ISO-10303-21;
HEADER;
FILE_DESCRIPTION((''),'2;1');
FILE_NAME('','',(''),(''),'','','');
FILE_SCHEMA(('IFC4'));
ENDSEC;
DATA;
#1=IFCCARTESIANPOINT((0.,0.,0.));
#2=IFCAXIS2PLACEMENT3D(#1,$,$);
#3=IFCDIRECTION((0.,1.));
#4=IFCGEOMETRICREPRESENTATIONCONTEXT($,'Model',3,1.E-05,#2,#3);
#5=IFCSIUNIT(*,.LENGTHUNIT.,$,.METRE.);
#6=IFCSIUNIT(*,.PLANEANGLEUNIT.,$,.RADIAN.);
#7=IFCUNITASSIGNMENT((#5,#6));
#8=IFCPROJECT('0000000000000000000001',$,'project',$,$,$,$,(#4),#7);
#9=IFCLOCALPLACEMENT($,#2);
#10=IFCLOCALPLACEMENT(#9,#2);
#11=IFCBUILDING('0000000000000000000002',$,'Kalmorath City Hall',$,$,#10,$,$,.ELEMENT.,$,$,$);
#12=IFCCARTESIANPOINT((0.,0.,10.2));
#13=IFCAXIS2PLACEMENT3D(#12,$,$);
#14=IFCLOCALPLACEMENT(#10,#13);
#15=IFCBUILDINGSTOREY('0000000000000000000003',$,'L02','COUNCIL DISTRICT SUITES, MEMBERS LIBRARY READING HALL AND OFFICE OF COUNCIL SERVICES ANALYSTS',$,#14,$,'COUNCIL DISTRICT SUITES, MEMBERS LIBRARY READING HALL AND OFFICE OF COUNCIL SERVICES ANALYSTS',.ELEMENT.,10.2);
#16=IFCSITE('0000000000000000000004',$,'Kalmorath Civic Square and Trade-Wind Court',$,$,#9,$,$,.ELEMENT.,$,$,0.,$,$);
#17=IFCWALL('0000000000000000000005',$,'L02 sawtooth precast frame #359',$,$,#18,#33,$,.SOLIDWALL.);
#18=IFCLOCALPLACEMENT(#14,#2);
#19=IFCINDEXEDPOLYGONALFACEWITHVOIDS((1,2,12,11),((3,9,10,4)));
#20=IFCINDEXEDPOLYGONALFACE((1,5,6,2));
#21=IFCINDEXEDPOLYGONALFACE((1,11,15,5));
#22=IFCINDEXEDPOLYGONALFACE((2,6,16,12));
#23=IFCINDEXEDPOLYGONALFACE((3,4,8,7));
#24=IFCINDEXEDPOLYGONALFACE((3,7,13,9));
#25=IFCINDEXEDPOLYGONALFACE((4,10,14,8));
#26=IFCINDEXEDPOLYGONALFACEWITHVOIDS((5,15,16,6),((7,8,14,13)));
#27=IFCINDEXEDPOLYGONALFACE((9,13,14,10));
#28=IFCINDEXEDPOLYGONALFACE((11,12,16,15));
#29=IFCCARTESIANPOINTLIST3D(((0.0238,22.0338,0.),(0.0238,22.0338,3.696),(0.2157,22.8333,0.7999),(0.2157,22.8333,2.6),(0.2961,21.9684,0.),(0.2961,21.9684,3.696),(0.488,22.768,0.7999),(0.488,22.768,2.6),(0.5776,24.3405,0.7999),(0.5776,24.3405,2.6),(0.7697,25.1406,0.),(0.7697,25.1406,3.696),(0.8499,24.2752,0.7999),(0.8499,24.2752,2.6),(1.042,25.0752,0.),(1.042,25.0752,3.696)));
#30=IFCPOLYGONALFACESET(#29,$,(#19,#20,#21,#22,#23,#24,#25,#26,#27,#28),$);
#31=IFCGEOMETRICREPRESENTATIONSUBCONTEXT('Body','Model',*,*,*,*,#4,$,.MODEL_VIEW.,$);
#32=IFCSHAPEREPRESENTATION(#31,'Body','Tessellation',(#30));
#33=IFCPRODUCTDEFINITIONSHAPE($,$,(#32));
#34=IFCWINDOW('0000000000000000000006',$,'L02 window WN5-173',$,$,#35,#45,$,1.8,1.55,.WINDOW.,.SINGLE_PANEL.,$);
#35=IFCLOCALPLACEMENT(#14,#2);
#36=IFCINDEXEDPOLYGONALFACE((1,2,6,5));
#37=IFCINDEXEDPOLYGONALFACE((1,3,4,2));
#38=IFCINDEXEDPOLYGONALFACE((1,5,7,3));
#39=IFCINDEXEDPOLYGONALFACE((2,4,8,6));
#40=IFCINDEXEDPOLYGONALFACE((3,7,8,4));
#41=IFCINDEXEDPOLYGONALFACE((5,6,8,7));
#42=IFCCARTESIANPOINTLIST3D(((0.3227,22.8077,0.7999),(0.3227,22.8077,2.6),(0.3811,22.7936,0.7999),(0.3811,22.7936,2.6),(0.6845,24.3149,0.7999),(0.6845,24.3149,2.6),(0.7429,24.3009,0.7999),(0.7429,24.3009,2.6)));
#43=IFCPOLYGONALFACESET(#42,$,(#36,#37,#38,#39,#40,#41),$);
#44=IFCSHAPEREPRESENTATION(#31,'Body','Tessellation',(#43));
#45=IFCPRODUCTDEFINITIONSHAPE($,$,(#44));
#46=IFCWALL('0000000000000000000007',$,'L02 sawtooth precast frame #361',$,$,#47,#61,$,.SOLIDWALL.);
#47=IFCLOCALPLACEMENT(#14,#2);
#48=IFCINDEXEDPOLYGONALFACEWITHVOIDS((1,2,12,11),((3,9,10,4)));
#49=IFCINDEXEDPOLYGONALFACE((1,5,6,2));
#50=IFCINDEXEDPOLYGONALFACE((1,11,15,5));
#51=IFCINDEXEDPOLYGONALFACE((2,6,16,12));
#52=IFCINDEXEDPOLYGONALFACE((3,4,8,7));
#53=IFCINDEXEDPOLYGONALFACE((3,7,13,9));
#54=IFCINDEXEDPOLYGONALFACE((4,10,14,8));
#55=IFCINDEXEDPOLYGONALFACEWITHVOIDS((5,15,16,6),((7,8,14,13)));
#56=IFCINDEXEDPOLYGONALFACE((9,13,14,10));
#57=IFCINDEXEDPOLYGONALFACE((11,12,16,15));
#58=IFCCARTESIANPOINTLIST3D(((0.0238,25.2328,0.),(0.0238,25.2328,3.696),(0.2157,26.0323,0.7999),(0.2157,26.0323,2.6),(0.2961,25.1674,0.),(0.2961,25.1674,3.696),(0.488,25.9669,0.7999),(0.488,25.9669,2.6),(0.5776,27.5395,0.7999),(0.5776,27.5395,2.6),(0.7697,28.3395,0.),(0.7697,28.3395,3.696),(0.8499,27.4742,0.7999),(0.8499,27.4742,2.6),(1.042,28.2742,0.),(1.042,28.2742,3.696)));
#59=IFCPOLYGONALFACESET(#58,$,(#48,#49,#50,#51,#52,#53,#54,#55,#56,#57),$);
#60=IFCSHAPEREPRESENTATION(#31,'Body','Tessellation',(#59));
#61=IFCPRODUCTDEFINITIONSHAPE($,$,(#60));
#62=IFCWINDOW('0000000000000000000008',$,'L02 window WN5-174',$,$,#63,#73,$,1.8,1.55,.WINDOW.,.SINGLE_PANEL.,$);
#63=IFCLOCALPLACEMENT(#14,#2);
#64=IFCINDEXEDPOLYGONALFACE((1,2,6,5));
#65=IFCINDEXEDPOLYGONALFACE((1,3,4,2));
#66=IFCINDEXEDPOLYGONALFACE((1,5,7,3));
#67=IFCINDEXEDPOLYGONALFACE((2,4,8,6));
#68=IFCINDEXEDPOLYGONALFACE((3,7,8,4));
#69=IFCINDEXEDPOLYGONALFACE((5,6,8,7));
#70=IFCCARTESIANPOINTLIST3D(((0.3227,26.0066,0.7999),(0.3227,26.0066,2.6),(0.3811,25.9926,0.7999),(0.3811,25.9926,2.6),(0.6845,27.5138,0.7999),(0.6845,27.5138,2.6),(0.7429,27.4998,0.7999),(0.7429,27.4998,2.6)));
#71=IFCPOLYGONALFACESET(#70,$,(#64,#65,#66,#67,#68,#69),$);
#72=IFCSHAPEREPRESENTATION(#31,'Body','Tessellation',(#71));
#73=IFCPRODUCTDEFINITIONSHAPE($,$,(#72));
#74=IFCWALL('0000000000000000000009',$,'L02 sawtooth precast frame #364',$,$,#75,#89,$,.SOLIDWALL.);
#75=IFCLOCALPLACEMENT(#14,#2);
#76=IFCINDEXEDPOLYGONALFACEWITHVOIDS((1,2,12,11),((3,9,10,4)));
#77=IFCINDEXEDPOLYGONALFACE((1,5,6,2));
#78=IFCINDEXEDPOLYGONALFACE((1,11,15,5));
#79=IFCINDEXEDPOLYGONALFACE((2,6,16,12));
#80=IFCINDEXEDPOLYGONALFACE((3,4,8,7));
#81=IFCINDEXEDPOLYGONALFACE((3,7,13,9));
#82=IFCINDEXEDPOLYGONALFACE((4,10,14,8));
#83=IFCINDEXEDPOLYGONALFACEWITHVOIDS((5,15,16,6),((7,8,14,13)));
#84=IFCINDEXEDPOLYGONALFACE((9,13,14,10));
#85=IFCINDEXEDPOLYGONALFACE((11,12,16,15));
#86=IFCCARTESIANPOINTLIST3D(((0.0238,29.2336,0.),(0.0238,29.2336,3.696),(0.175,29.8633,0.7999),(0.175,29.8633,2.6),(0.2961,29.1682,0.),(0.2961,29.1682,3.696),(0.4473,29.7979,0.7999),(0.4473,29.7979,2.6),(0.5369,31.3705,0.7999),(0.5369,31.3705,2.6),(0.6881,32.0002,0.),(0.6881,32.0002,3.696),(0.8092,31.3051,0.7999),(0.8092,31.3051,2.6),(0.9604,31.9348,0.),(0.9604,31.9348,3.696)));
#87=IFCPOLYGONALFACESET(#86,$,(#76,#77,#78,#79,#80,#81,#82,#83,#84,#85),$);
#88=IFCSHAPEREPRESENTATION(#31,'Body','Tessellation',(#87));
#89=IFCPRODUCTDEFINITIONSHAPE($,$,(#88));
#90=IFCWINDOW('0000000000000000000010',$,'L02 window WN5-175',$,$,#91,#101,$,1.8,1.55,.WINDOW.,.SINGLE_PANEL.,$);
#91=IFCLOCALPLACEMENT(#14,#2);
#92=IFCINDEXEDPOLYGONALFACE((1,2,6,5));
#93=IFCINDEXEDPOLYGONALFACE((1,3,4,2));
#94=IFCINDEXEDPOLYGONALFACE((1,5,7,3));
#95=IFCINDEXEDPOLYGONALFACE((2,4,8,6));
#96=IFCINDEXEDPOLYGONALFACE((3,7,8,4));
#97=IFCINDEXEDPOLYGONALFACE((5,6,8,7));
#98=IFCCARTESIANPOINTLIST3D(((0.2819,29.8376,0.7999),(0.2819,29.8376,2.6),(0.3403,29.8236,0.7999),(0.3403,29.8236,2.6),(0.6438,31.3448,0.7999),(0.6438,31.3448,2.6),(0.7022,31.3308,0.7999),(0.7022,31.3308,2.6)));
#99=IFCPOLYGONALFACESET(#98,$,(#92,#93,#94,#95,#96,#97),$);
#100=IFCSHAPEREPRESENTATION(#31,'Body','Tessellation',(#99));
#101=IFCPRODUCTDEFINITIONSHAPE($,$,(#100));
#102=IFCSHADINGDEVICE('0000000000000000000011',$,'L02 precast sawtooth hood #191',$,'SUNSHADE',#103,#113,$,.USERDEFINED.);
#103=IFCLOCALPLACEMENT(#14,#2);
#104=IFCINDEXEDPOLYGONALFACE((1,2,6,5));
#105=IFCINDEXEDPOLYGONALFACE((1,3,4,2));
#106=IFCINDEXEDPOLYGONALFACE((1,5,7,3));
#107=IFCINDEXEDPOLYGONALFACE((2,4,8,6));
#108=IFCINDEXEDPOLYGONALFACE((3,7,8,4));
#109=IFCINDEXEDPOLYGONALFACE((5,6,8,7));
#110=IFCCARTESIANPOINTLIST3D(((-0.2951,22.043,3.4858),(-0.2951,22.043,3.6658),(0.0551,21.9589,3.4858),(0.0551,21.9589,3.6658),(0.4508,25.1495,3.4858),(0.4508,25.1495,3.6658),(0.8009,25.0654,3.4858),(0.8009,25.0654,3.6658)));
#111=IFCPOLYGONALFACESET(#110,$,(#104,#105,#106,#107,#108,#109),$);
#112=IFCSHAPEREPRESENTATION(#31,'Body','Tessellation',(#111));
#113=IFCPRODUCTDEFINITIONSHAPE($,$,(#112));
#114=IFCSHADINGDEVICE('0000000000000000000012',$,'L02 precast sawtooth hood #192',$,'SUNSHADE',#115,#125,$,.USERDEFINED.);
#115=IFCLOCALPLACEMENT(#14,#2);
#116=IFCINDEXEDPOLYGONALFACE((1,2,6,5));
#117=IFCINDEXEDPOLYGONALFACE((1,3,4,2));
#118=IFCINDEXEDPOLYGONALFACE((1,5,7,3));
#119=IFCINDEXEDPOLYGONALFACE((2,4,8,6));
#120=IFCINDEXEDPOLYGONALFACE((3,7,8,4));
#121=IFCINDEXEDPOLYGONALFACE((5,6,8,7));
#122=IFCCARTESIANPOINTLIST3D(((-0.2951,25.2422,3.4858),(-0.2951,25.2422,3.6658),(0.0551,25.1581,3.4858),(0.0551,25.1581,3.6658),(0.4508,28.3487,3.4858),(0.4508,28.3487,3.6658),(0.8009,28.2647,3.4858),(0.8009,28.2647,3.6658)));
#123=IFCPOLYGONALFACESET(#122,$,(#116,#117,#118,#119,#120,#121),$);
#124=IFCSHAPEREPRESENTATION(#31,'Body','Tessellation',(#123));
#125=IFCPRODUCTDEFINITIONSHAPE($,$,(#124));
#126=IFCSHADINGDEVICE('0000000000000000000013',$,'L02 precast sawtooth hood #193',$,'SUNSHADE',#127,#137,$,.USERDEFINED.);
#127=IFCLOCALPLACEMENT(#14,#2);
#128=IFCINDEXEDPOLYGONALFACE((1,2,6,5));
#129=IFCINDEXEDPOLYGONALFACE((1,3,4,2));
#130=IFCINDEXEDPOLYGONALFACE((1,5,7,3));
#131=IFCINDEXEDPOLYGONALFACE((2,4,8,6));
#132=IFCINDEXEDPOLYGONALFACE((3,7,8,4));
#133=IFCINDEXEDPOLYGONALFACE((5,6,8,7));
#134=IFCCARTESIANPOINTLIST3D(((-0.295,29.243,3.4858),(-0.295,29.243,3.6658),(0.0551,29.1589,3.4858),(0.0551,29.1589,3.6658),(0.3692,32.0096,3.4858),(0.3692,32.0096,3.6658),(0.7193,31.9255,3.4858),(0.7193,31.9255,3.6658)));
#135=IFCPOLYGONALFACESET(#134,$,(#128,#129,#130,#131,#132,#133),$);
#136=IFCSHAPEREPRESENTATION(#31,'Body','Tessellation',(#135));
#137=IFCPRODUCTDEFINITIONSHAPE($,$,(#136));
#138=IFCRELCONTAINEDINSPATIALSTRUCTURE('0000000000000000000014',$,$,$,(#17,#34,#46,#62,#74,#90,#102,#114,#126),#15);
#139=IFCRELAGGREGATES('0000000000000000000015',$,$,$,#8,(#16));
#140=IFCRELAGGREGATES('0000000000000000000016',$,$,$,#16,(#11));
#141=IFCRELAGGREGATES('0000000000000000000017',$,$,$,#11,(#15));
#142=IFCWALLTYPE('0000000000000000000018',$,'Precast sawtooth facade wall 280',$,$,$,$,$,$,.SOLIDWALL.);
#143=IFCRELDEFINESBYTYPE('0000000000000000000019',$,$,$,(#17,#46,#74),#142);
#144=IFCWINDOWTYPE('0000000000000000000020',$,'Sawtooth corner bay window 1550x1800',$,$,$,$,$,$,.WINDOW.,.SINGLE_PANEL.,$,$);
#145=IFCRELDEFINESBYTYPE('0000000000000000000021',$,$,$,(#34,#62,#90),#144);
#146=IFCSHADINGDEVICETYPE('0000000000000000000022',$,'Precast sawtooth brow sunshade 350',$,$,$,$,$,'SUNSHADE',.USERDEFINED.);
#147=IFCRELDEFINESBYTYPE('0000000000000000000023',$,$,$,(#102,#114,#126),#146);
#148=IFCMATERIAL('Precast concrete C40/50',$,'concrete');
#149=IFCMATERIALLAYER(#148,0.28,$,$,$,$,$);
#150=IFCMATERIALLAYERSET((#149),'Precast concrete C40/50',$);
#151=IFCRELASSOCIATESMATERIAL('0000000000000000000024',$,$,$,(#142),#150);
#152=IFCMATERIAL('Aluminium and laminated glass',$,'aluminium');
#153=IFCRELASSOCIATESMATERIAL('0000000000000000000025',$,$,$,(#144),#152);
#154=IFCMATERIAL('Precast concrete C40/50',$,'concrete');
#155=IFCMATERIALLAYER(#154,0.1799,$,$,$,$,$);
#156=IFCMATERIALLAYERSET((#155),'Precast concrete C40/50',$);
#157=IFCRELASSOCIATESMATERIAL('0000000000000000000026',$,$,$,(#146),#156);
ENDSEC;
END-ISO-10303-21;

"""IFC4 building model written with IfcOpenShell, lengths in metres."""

from ifc_helpers import new_model, si_unit, direction, frame, frame_2d, origin, origin_2d, place, context, subcontext, project, spatial, rectangle, extrude, material, layer, layer_set, type_object, element, fill, save


model = new_model("IFC4")

# Units and contexts
model_context = context("Model", 3, precision=1e-05, world=origin(), true_north=direction((0.0, 1.0)))
body_context = subcontext(model_context, "Body", "Model", "MODEL_VIEW")
ifc_project = project(units=[si_unit("LENGTHUNIT", "METRE"), si_unit("PLANEANGLEUNIT", "RADIAN")], contexts=[model_context])

# Site, building, storey
site_placement = place(None, origin())
site = spatial("IfcSite", under=ifc_project, at=site_placement, Name="Kalmorath Civic Square and Trade-Wind Court", CompositionType="ELEMENT", RefElevation=0.0)
building_placement = place(site_placement, origin())
building = spatial("IfcBuilding", under=site, at=building_placement, Name="Kalmorath City Hall", CompositionType="ELEMENT")
storey_placement = place(building_placement, frame((0.0, 0.0, 10.2)))
storey = spatial("IfcBuildingStorey", under=building, at=storey_placement, Name="L02", Description="COUNCIL DISTRICT SUITES, MEMBERS LIBRARY READING HALL AND OFFICE OF COUNCIL SERVICES ANALYSTS", LongName="COUNCIL DISTRICT SUITES, MEMBERS LIBRARY READING HALL AND OFFICE OF COUNCIL SERVICES ANALYSTS", CompositionType="ELEMENT", Elevation=10.2)

# Walls, openings, windows
ifc_material_1 = material(Name="Precast concrete C40/50", Category="concrete")
ifc_layer_1 = layer(ifc_material_1, 0.28)
ifc_layer_set_1 = layer_set([ifc_layer_1], Name="Precast concrete C40/50")
wall_type_1 = type_object("IfcWallType", Name="Precast sawtooth facade wall 280", PredefinedType="SOLIDWALL", material=ifc_layer_set_1)
wall_1_placement = place(storey_placement, frame((0.1599, 22.001, 0.0), z_axis=(0.0, 0.0, 1.0), x_axis=(0.233445, 0.97237, 0.0)))
wall_1 = element("IfcWall", 1, at=wall_1_placement, inside=storey, type_object=wall_type_1, Name="L02 sawtooth precast frame #359", PredefinedType="SOLIDWALL", context=body_context, shape_type="SweptSolid", body=[
    extrude(rectangle(XDim=3.1951, YDim=0.28, at=frame_2d((1.5977, 0.0))), origin(), (0.0, 0.0, 1.0), 3.696),
])
opening_1_placement = place(wall_1_placement, frame((0.8225, 0.0, 0.8)))
opening_1 = element("IfcOpeningElement", 2, at=opening_1_placement, cuts=wall_1, PredefinedType="OPENING", context=body_context, shape_type="SweptSolid", body=[
    extrude(rectangle(XDim=1.55, YDim=1.8, at=frame_2d((0.7749, 0.8999))), frame((0.0, 0.1499, 0.0), z_axis=(0.0, -1.0, 0.0), x_axis=(1.0, 0.0, 0.0)), (0.0, 0.0, 1.0), 0.3),
])
ifc_material_2 = material(Name="Aluminium and laminated glass", Category="aluminium")
window_type = type_object("IfcWindowType", Name="Sawtooth corner bay window 1550x1800", PartitioningType="SINGLE_PANEL", PredefinedType="WINDOW", material=ifc_material_2)
window_1_placement = place(opening_1_placement, origin())
window_1 = element("IfcWindow", 3, at=window_1_placement, inside=storey, type_object=window_type, Name="L02 window WN5-173", OverallHeight=1.8, OverallWidth=1.55, PartitioningType="SINGLE_PANEL", PredefinedType="WINDOW", context=body_context, shape_type="SweptSolid", body=[
    extrude(rectangle(XDim=1.55, YDim=1.8, at=frame_2d((0.7749, 0.8999))), frame((0.0, 0.03, 0.0), z_axis=(0.0, -1.0, 0.0), x_axis=(1.0, 0.0, 0.0)), (0.0, 0.0, 1.0), 0.0601),
])
fill(opening_1, window_1)
wall_2_placement = place(storey_placement, frame((0.1599, 25.2, 0.0), z_axis=(0.0, 0.0, 1.0), x_axis=(0.233445, 0.97237, 0.0)))
wall_2 = element("IfcWall", 4, at=wall_2_placement, inside=storey, type_object=wall_type_1, Name="L02 sawtooth precast frame #361", PredefinedType="SOLIDWALL", context=body_context, shape_type="SweptSolid", body=[
    extrude(rectangle(XDim=3.1951, YDim=0.28, at=frame_2d((1.5977, 0.0))), origin(), (0.0, 0.0, 1.0), 3.696),
])
opening_2_placement = place(wall_2_placement, frame((0.8225, 0.0, 0.8)))
opening_2 = element("IfcOpeningElement", 5, at=opening_2_placement, cuts=wall_2, PredefinedType="OPENING", context=body_context, shape_type="SweptSolid", body=[
    extrude(rectangle(XDim=1.55, YDim=1.8, at=frame_2d((0.7749, 0.8999))), frame((0.0, 0.1499, 0.0), z_axis=(0.0, -1.0, 0.0), x_axis=(1.0, 0.0, 0.0)), (0.0, 0.0, 1.0), 0.3),
])
window_2_placement = place(opening_2_placement, origin())
window_2 = element("IfcWindow", 6, at=window_2_placement, inside=storey, type_object=window_type, Name="L02 window WN5-174", OverallHeight=1.8, OverallWidth=1.55, PartitioningType="SINGLE_PANEL", PredefinedType="WINDOW", context=body_context, shape_type="SweptSolid", body=[
    extrude(rectangle(XDim=1.55, YDim=1.8, at=frame_2d((0.7749, 0.8999))), frame((0.0, 0.03, 0.0), z_axis=(0.0, -1.0, 0.0), x_axis=(1.0, 0.0, 0.0)), (0.0, 0.0, 1.0), 0.0601),
])
fill(opening_2, window_2)
wall_3_placement = place(storey_placement, frame((0.1599, 29.2009, 0.0), z_axis=(0.0, 0.0, 1.0), x_axis=(0.23348, 0.972362, 0.0)))
wall_3 = element("IfcWall", 7, at=wall_3_placement, inside=storey, type_object=wall_type_1, Name="L02 sawtooth precast frame #364", PredefinedType="SOLIDWALL", context=body_context, shape_type="SweptSolid", body=[
    extrude(rectangle(XDim=2.8452, YDim=0.28, at=frame_2d((1.4226, 0.0))), origin(), (0.0, 0.0, 1.0), 3.696),
])
opening_3_placement = place(wall_3_placement, frame((0.6477, 0.0, 0.8)))
opening_3 = element("IfcOpeningElement", 8, at=opening_3_placement, cuts=wall_3, PredefinedType="OPENING", context=body_context, shape_type="SweptSolid", body=[
    extrude(rectangle(XDim=1.55, YDim=1.8, at=frame_2d((0.7749, 0.8999))), frame((0.0, 0.1499, 0.0), z_axis=(0.0, -1.0, 0.0), x_axis=(1.0, 0.0, 0.0)), (0.0, 0.0, 1.0), 0.3),
])
window_3_placement = place(opening_3_placement, origin())
window_3 = element("IfcWindow", 9, at=window_3_placement, inside=storey, type_object=window_type, Name="L02 window WN5-175", OverallHeight=1.8, OverallWidth=1.55, PartitioningType="SINGLE_PANEL", PredefinedType="WINDOW", context=body_context, shape_type="SweptSolid", body=[
    extrude(rectangle(XDim=1.55, YDim=1.8, at=frame_2d((0.7749, 0.8999))), frame((0.0, 0.03, 0.0), z_axis=(0.0, -1.0, 0.0), x_axis=(1.0, 0.0, 0.0)), (0.0, 0.0, 1.0), 0.0601),
])
fill(opening_3, window_3)

# Shading devices
ifc_material_3 = material(Name="Precast concrete C40/50", Category="concrete")
ifc_layer_2 = layer(ifc_material_3, 0.1799)
ifc_layer_set_2 = layer_set([ifc_layer_2], Name="Precast concrete C40/50")
shading_device_type = type_object("IfcShadingDeviceType", Name="Precast sawtooth brow sunshade 350", ElementType="SUNSHADE", PredefinedType="USERDEFINED", material=ifc_layer_set_2)
for number, where, z_axis, x_axis, name in (
    (10, (0.2529, 23.5542, 3.4858), (0.0, 0.0, 1.0), (0.233445, 0.97237, 0.0), "L02 precast sawtooth hood #191"),
    (11, (0.2529, 26.7534, 3.4858), (0.0, 0.0, 1.0), (0.233445, 0.97237, 0.0), "L02 precast sawtooth hood #192"),
):
    element("IfcShadingDevice", number, at=place(storey_placement, frame(where, z_axis=z_axis, x_axis=x_axis)), inside=storey, type_object=shading_device_type, Name=name, ObjectType="SUNSHADE", PredefinedType="USERDEFINED", context=body_context, shape_type="SweptSolid", body=[
        extrude(rectangle(XDim=3.1948, YDim=0.3601, at=origin_2d()), origin(), (0.0, 0.0, 1.0), 0.1799),
    ])
shading_device_placement = place(storey_placement, frame((0.2122, 30.5842, 3.4858), z_axis=(0.0, 0.0, 1.0), x_axis=(0.233445, 0.97237, 0.0)))
element("IfcShadingDevice", 12, at=shading_device_placement, inside=storey, type_object=shading_device_type, Name="L02 precast sawtooth hood #193", ObjectType="SUNSHADE", PredefinedType="USERDEFINED", context=body_context, shape_type="SweptSolid", body=[
    extrude(rectangle(XDim=2.8452, YDim=0.3601, at=origin_2d()), origin(), (0.0, 0.0, 1.0), 0.1799),
])

save(model, "model.ifc")
